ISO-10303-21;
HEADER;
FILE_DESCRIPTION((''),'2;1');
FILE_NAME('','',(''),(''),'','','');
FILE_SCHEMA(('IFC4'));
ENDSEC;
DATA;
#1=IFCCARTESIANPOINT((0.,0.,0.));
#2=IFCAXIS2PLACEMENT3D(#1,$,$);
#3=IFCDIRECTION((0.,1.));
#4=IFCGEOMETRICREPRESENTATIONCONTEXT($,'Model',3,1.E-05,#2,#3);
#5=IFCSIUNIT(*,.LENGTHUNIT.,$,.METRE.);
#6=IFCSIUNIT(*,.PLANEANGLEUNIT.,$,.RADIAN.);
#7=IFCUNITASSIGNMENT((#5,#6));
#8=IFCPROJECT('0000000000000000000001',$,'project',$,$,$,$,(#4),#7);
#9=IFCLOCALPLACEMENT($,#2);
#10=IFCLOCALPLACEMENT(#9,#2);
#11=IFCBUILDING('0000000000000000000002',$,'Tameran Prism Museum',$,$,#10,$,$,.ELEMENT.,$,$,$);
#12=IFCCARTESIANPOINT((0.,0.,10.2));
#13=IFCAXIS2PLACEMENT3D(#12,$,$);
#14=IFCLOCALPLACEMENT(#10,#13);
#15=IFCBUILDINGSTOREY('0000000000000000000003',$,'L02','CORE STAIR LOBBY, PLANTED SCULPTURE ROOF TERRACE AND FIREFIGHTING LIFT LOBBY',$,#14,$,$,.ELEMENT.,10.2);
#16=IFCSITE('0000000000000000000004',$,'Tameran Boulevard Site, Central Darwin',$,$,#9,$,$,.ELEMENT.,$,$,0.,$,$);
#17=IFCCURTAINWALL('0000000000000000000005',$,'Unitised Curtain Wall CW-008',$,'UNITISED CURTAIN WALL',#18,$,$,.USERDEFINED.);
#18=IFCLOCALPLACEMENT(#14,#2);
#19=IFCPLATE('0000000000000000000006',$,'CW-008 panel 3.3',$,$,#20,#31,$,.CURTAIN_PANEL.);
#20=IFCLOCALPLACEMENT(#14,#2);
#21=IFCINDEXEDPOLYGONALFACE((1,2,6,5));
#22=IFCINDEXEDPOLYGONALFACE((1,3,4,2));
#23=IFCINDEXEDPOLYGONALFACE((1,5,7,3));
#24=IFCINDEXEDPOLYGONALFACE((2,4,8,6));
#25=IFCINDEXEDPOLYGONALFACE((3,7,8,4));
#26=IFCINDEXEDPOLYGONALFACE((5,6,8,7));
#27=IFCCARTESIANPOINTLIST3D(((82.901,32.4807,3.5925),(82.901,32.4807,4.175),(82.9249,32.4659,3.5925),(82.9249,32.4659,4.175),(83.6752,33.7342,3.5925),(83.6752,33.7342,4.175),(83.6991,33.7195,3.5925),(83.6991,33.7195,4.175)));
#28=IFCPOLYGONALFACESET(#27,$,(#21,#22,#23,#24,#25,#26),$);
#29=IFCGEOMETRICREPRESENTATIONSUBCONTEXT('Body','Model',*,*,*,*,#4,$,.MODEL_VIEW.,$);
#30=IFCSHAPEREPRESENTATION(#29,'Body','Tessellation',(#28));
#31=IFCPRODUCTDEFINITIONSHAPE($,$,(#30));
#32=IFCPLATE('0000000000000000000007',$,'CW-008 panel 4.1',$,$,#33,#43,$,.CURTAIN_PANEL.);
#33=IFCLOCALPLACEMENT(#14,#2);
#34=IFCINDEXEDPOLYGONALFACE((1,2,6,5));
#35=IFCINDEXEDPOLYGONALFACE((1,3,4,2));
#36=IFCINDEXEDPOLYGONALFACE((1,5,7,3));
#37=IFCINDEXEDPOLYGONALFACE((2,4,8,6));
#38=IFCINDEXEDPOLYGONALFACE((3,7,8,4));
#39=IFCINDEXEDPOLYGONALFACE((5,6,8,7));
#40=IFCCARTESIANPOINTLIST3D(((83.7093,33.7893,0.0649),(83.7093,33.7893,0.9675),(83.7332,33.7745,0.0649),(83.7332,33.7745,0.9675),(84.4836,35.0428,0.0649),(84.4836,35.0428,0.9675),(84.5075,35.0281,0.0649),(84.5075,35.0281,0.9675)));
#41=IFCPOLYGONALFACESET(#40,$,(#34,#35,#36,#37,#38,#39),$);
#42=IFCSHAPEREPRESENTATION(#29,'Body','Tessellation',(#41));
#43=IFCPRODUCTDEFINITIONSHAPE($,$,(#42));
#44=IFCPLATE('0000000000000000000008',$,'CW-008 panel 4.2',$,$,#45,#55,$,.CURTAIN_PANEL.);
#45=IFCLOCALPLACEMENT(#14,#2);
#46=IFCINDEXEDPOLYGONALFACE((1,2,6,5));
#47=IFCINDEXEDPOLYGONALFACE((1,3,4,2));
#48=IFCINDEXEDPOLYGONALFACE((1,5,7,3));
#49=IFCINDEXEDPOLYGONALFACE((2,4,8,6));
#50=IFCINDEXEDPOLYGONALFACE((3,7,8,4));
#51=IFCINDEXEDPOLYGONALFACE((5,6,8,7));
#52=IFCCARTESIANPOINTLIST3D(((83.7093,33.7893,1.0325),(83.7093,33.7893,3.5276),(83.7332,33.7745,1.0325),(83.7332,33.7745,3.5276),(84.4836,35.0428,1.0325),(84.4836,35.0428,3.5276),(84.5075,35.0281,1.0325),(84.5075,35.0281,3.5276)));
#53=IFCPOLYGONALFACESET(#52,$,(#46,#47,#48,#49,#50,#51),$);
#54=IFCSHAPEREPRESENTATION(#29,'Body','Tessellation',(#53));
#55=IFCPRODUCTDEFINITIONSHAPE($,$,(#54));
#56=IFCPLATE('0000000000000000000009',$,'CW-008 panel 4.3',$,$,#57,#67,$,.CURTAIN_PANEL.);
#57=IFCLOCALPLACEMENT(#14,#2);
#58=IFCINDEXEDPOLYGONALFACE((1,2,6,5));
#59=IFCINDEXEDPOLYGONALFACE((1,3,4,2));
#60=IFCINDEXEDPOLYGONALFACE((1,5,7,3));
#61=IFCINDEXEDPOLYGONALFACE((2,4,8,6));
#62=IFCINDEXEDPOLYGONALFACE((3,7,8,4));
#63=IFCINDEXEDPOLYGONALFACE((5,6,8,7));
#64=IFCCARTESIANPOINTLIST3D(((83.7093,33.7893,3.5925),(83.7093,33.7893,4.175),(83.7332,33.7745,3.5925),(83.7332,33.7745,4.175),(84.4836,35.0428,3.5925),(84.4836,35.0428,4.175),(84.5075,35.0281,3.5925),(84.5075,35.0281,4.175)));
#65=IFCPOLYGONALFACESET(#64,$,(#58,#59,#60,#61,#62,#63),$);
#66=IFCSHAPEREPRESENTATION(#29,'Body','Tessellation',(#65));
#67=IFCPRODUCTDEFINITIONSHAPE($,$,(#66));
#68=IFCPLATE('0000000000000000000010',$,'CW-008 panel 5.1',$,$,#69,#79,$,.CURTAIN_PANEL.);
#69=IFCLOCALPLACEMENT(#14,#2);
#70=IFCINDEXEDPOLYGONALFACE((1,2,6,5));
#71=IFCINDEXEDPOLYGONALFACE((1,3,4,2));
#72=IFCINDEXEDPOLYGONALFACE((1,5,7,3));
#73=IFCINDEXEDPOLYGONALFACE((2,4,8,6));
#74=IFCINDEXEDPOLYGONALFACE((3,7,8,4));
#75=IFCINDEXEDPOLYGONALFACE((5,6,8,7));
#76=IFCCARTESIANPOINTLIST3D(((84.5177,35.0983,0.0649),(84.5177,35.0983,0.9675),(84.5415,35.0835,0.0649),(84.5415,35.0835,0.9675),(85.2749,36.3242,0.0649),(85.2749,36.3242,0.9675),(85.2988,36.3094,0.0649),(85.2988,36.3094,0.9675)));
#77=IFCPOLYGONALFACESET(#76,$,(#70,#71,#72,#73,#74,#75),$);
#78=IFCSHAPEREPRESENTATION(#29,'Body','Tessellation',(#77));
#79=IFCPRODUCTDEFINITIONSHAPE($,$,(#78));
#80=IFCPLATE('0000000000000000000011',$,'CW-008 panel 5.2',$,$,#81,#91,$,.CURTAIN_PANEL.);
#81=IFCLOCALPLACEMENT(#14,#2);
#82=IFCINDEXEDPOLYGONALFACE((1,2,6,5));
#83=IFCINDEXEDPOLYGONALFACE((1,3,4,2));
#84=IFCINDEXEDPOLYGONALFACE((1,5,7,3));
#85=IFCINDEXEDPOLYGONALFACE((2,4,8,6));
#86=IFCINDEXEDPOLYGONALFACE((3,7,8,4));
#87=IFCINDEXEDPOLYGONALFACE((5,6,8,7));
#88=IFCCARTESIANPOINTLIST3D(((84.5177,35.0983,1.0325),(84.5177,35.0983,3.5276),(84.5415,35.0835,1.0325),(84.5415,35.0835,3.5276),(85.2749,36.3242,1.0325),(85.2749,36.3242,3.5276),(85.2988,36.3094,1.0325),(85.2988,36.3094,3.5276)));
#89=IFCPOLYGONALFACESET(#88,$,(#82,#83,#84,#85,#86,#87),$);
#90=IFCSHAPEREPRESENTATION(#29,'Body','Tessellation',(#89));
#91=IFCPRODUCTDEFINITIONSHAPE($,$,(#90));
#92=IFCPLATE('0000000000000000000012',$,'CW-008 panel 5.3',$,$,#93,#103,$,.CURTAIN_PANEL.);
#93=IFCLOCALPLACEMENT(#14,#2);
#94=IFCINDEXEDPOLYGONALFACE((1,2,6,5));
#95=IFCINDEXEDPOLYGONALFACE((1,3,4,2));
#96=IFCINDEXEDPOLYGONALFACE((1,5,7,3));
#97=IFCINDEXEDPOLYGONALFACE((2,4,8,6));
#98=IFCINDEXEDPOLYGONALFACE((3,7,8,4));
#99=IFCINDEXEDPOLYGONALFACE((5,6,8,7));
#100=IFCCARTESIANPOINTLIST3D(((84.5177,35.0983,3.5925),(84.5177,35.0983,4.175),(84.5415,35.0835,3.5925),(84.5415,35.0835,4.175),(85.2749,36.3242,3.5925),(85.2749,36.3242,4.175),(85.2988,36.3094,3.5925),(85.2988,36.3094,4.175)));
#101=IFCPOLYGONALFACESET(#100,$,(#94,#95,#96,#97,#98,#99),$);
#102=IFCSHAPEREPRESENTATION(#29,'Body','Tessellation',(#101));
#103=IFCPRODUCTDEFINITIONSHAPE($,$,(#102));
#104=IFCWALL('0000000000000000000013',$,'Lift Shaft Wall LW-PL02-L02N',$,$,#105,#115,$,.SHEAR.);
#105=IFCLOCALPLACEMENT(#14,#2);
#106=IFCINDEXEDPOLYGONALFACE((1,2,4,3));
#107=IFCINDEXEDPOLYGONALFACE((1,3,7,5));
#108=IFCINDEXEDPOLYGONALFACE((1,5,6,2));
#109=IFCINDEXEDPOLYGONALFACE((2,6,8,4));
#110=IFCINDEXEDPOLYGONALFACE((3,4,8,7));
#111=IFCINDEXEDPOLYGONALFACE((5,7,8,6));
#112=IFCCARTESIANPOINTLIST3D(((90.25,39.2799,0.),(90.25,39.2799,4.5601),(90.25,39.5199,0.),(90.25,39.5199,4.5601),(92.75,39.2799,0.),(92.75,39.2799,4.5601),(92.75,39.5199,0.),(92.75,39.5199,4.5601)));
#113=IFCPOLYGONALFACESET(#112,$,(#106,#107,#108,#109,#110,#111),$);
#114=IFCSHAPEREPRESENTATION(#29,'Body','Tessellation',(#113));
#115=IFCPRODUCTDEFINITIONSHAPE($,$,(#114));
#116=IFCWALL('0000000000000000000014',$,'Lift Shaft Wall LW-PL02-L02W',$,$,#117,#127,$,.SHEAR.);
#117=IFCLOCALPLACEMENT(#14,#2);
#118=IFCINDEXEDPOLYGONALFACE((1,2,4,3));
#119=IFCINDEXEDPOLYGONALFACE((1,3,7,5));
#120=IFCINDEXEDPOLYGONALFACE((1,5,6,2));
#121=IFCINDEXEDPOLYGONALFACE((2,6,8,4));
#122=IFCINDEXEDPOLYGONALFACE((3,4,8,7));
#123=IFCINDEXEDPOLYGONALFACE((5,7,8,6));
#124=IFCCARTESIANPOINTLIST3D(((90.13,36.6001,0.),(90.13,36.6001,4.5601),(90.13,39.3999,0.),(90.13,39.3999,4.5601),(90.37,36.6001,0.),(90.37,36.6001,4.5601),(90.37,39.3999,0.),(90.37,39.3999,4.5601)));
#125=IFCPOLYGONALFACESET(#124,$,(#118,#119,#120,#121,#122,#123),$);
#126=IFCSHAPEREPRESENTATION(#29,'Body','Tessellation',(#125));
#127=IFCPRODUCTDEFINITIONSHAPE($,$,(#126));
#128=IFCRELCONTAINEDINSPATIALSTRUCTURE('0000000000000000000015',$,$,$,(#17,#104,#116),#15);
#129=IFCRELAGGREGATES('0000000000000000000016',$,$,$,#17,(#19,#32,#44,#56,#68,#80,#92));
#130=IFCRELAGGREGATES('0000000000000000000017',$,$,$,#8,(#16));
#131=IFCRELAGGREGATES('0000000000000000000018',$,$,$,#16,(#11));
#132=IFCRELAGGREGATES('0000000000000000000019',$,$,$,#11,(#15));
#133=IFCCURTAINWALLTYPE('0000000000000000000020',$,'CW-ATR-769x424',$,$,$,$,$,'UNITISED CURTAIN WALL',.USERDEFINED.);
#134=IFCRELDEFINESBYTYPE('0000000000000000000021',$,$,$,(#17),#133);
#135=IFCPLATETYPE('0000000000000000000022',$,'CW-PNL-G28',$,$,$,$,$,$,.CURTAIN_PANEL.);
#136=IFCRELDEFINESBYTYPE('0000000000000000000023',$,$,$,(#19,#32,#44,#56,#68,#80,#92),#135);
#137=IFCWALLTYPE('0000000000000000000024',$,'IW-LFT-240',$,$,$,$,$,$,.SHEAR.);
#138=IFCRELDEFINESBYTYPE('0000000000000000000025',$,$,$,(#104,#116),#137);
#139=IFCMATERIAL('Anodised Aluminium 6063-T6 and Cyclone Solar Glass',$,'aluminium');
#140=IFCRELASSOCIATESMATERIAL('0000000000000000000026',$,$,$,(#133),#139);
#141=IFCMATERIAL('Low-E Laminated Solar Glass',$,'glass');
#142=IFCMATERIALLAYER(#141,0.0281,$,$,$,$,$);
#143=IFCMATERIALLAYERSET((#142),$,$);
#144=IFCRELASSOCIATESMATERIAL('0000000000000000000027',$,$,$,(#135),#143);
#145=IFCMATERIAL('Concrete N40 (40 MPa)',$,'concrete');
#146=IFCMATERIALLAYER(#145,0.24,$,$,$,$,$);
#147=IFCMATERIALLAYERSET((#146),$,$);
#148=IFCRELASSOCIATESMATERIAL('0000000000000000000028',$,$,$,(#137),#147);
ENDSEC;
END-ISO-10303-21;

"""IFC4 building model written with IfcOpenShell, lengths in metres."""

from ifc_helpers import new_model, si_unit, direction, frame, frame_2d, origin, origin_2d, place, context, subcontext, project, spatial, rectangle, extrude, material, layer, layer_set, type_object, element, aggregate, save


model = new_model("IFC4")

# Units and contexts
model_context = context("Model", 3, precision=1e-05, world=origin(), true_north=direction((0.0, 1.0)))
body_context = subcontext(model_context, "Body", "Model", "MODEL_VIEW")
ifc_project = project(units=[si_unit("LENGTHUNIT", "METRE"), si_unit("PLANEANGLEUNIT", "RADIAN")], contexts=[model_context])

# Site, building, storey
site_placement = place(None, origin())
site = spatial("IfcSite", under=ifc_project, at=site_placement, Name="Tameran Boulevard Site, Central Darwin", CompositionType="ELEMENT", RefElevation=0.0)
building_placement = place(site_placement, origin())
building = spatial("IfcBuilding", under=site, at=building_placement, Name="Tameran Prism Museum", CompositionType="ELEMENT")
storey_placement = place(building_placement, frame((0.0, 0.0, 10.2)))
storey = spatial("IfcBuildingStorey", under=building, at=storey_placement, Name="L02", Description="CORE STAIR LOBBY, PLANTED SCULPTURE ROOF TERRACE AND FIREFIGHTING LIFT LOBBY", CompositionType="ELEMENT", Elevation=10.2)

# Curtain wall, plates
ifc_material_1 = material(Name="Anodised Aluminium 6063-T6 and Cyclone Solar Glass", Category="aluminium")
curtain_wall_type = type_object("IfcCurtainWallType", Name="CW-ATR-769x424", ElementType="UNITISED CURTAIN WALL", PredefinedType="USERDEFINED", material=ifc_material_1)
curtain_wall_placement = place(storey_placement, origin())
curtain_wall = element("IfcCurtainWall", 1, at=curtain_wall_placement, inside=storey, type_object=curtain_wall_type, Name="Unitised Curtain Wall CW-008", ObjectType="UNITISED CURTAIN WALL", PredefinedType="USERDEFINED")
ifc_material_2 = material(Name="Low-E Laminated Solar Glass", Category="glass")
ifc_layer_1 = layer(ifc_material_2, 0.0281)
ifc_layer_set_1 = layer_set([ifc_layer_1])
plate_type = type_object("IfcPlateType", Name="CW-PNL-G28", PredefinedType="CURTAIN_PANEL", material=ifc_layer_set_1)
plate_1_placement = place(storey_placement, frame((83.3, 33.1001, 3.5925), z_axis=(0.0, 0.0, 1.0), x_axis=(0.525504, 0.850791, 0.0)))
plate_1 = element("IfcPlate", 2, at=plate_1_placement, type_object=plate_type, Name="CW-008 panel 3.3", PredefinedType="CURTAIN_PANEL", context=body_context, shape_type="SweptSolid", body=[
    extrude(rectangle(XDim=1.4734, YDim=0.0281, at=origin_2d()), origin(), (0.0, 0.0, 1.0), 0.5825),
])
plate_2_placement = place(storey_placement, frame((84.1084, 34.4087, 0.0649), z_axis=(0.0, 0.0, 1.0), x_axis=(0.525504, 0.850791, 0.0)))
plate_2 = element("IfcPlate", 3, at=plate_2_placement, type_object=plate_type, Name="CW-008 panel 4.1", PredefinedType="CURTAIN_PANEL", context=body_context, shape_type="SweptSolid", body=[
    extrude(rectangle(XDim=1.4734, YDim=0.0281, at=origin_2d()), origin(), (0.0, 0.0, 1.0), 0.9026),
])
plate_3_placement = place(storey_placement, frame((84.1084, 34.4087, 1.0325), z_axis=(0.0, 0.0, 1.0), x_axis=(0.525504, 0.850791, 0.0)))
plate_3 = element("IfcPlate", 4, at=plate_3_placement, type_object=plate_type, Name="CW-008 panel 4.2", PredefinedType="CURTAIN_PANEL", context=body_context, shape_type="SweptSolid", body=[
    extrude(rectangle(XDim=1.4734, YDim=0.0281, at=origin_2d()), origin(), (0.0, 0.0, 1.0), 2.4951),
])
plate_4_placement = place(storey_placement, frame((84.1084, 34.4087, 3.5925), z_axis=(0.0, 0.0, 1.0), x_axis=(0.525504, 0.850791, 0.0)))
plate_4 = element("IfcPlate", 5, at=plate_4_placement, type_object=plate_type, Name="CW-008 panel 4.3", PredefinedType="CURTAIN_PANEL", context=body_context, shape_type="SweptSolid", body=[
    extrude(rectangle(XDim=1.4734, YDim=0.0281, at=origin_2d()), origin(), (0.0, 0.0, 1.0), 0.5825),
])
plate_5_placement = place(storey_placement, frame((84.9082, 35.7039, 0.0649), z_axis=(0.0, 0.0, 1.0), x_axis=(0.525504, 0.850791, 0.0)))
plate_5 = element("IfcPlate", 6, at=plate_5_placement, type_object=plate_type, Name="CW-008 panel 5.1", PredefinedType="CURTAIN_PANEL", context=body_context, shape_type="SweptSolid", body=[
    extrude(rectangle(XDim=1.4409, YDim=0.0281, at=origin_2d()), origin(), (0.0, 0.0, 1.0), 0.9026),
])
plate_6_placement = place(storey_placement, frame((84.9082, 35.7039, 1.0325), z_axis=(0.0, 0.0, 1.0), x_axis=(0.525504, 0.850791, 0.0)))
plate_6 = element("IfcPlate", 7, at=plate_6_placement, type_object=plate_type, Name="CW-008 panel 5.2", PredefinedType="CURTAIN_PANEL", context=body_context, shape_type="SweptSolid", body=[
    extrude(rectangle(XDim=1.4409, YDim=0.0281, at=origin_2d()), origin(), (0.0, 0.0, 1.0), 2.4951),
])
plate_7_placement = place(storey_placement, frame((84.9082, 35.7039, 3.5925), z_axis=(0.0, 0.0, 1.0), x_axis=(0.525504, 0.850791, 0.0)))
plate_7 = element("IfcPlate", 8, at=plate_7_placement, type_object=plate_type, Name="CW-008 panel 5.3", PredefinedType="CURTAIN_PANEL", context=body_context, shape_type="SweptSolid", body=[
    extrude(rectangle(XDim=1.4409, YDim=0.0281, at=origin_2d()), origin(), (0.0, 0.0, 1.0), 0.5825),
])
aggregate(curtain_wall, [plate_1, plate_2, plate_3, plate_4, plate_5, plate_6, plate_7])

# Walls
ifc_material_3 = material(Name="Concrete N40 (40 MPa)", Category="concrete")
ifc_layer_2 = layer(ifc_material_3, 0.24)
ifc_layer_set_2 = layer_set([ifc_layer_2])
wall_type = type_object("IfcWallType", Name="IW-LFT-240", PredefinedType="SHEAR", material=ifc_layer_set_2)
wall_1_placement = place(storey_placement, frame((90.25, 39.3999, 0.0), z_axis=(0.0, 0.0, 1.0), x_axis=(1.0, 0.0, 0.0)))
element("IfcWall", 9, at=wall_1_placement, inside=storey, type_object=wall_type, Name="Lift Shaft Wall LW-PL02-L02N", PredefinedType="SHEAR", context=body_context, shape_type="SweptSolid", body=[
    extrude(rectangle(XDim=2.5, YDim=0.24, at=frame_2d((1.25, 0.0))), origin(), (0.0, 0.0, 1.0), 4.5601),
])
wall_2_placement = place(storey_placement, frame((90.25, 36.6001, 0.0), z_axis=(0.0, 0.0, 1.0), x_axis=(0.0, 1.0, 0.0)))
element("IfcWall", 10, at=wall_2_placement, inside=storey, type_object=wall_type, Name="Lift Shaft Wall LW-PL02-L02W", PredefinedType="SHEAR", context=body_context, shape_type="SweptSolid", body=[
    extrude(rectangle(XDim=2.7998, YDim=0.24, at=frame_2d((1.3999, 0.0))), origin(), (0.0, 0.0, 1.0), 4.5601),
])

save(model, "model.ifc")
